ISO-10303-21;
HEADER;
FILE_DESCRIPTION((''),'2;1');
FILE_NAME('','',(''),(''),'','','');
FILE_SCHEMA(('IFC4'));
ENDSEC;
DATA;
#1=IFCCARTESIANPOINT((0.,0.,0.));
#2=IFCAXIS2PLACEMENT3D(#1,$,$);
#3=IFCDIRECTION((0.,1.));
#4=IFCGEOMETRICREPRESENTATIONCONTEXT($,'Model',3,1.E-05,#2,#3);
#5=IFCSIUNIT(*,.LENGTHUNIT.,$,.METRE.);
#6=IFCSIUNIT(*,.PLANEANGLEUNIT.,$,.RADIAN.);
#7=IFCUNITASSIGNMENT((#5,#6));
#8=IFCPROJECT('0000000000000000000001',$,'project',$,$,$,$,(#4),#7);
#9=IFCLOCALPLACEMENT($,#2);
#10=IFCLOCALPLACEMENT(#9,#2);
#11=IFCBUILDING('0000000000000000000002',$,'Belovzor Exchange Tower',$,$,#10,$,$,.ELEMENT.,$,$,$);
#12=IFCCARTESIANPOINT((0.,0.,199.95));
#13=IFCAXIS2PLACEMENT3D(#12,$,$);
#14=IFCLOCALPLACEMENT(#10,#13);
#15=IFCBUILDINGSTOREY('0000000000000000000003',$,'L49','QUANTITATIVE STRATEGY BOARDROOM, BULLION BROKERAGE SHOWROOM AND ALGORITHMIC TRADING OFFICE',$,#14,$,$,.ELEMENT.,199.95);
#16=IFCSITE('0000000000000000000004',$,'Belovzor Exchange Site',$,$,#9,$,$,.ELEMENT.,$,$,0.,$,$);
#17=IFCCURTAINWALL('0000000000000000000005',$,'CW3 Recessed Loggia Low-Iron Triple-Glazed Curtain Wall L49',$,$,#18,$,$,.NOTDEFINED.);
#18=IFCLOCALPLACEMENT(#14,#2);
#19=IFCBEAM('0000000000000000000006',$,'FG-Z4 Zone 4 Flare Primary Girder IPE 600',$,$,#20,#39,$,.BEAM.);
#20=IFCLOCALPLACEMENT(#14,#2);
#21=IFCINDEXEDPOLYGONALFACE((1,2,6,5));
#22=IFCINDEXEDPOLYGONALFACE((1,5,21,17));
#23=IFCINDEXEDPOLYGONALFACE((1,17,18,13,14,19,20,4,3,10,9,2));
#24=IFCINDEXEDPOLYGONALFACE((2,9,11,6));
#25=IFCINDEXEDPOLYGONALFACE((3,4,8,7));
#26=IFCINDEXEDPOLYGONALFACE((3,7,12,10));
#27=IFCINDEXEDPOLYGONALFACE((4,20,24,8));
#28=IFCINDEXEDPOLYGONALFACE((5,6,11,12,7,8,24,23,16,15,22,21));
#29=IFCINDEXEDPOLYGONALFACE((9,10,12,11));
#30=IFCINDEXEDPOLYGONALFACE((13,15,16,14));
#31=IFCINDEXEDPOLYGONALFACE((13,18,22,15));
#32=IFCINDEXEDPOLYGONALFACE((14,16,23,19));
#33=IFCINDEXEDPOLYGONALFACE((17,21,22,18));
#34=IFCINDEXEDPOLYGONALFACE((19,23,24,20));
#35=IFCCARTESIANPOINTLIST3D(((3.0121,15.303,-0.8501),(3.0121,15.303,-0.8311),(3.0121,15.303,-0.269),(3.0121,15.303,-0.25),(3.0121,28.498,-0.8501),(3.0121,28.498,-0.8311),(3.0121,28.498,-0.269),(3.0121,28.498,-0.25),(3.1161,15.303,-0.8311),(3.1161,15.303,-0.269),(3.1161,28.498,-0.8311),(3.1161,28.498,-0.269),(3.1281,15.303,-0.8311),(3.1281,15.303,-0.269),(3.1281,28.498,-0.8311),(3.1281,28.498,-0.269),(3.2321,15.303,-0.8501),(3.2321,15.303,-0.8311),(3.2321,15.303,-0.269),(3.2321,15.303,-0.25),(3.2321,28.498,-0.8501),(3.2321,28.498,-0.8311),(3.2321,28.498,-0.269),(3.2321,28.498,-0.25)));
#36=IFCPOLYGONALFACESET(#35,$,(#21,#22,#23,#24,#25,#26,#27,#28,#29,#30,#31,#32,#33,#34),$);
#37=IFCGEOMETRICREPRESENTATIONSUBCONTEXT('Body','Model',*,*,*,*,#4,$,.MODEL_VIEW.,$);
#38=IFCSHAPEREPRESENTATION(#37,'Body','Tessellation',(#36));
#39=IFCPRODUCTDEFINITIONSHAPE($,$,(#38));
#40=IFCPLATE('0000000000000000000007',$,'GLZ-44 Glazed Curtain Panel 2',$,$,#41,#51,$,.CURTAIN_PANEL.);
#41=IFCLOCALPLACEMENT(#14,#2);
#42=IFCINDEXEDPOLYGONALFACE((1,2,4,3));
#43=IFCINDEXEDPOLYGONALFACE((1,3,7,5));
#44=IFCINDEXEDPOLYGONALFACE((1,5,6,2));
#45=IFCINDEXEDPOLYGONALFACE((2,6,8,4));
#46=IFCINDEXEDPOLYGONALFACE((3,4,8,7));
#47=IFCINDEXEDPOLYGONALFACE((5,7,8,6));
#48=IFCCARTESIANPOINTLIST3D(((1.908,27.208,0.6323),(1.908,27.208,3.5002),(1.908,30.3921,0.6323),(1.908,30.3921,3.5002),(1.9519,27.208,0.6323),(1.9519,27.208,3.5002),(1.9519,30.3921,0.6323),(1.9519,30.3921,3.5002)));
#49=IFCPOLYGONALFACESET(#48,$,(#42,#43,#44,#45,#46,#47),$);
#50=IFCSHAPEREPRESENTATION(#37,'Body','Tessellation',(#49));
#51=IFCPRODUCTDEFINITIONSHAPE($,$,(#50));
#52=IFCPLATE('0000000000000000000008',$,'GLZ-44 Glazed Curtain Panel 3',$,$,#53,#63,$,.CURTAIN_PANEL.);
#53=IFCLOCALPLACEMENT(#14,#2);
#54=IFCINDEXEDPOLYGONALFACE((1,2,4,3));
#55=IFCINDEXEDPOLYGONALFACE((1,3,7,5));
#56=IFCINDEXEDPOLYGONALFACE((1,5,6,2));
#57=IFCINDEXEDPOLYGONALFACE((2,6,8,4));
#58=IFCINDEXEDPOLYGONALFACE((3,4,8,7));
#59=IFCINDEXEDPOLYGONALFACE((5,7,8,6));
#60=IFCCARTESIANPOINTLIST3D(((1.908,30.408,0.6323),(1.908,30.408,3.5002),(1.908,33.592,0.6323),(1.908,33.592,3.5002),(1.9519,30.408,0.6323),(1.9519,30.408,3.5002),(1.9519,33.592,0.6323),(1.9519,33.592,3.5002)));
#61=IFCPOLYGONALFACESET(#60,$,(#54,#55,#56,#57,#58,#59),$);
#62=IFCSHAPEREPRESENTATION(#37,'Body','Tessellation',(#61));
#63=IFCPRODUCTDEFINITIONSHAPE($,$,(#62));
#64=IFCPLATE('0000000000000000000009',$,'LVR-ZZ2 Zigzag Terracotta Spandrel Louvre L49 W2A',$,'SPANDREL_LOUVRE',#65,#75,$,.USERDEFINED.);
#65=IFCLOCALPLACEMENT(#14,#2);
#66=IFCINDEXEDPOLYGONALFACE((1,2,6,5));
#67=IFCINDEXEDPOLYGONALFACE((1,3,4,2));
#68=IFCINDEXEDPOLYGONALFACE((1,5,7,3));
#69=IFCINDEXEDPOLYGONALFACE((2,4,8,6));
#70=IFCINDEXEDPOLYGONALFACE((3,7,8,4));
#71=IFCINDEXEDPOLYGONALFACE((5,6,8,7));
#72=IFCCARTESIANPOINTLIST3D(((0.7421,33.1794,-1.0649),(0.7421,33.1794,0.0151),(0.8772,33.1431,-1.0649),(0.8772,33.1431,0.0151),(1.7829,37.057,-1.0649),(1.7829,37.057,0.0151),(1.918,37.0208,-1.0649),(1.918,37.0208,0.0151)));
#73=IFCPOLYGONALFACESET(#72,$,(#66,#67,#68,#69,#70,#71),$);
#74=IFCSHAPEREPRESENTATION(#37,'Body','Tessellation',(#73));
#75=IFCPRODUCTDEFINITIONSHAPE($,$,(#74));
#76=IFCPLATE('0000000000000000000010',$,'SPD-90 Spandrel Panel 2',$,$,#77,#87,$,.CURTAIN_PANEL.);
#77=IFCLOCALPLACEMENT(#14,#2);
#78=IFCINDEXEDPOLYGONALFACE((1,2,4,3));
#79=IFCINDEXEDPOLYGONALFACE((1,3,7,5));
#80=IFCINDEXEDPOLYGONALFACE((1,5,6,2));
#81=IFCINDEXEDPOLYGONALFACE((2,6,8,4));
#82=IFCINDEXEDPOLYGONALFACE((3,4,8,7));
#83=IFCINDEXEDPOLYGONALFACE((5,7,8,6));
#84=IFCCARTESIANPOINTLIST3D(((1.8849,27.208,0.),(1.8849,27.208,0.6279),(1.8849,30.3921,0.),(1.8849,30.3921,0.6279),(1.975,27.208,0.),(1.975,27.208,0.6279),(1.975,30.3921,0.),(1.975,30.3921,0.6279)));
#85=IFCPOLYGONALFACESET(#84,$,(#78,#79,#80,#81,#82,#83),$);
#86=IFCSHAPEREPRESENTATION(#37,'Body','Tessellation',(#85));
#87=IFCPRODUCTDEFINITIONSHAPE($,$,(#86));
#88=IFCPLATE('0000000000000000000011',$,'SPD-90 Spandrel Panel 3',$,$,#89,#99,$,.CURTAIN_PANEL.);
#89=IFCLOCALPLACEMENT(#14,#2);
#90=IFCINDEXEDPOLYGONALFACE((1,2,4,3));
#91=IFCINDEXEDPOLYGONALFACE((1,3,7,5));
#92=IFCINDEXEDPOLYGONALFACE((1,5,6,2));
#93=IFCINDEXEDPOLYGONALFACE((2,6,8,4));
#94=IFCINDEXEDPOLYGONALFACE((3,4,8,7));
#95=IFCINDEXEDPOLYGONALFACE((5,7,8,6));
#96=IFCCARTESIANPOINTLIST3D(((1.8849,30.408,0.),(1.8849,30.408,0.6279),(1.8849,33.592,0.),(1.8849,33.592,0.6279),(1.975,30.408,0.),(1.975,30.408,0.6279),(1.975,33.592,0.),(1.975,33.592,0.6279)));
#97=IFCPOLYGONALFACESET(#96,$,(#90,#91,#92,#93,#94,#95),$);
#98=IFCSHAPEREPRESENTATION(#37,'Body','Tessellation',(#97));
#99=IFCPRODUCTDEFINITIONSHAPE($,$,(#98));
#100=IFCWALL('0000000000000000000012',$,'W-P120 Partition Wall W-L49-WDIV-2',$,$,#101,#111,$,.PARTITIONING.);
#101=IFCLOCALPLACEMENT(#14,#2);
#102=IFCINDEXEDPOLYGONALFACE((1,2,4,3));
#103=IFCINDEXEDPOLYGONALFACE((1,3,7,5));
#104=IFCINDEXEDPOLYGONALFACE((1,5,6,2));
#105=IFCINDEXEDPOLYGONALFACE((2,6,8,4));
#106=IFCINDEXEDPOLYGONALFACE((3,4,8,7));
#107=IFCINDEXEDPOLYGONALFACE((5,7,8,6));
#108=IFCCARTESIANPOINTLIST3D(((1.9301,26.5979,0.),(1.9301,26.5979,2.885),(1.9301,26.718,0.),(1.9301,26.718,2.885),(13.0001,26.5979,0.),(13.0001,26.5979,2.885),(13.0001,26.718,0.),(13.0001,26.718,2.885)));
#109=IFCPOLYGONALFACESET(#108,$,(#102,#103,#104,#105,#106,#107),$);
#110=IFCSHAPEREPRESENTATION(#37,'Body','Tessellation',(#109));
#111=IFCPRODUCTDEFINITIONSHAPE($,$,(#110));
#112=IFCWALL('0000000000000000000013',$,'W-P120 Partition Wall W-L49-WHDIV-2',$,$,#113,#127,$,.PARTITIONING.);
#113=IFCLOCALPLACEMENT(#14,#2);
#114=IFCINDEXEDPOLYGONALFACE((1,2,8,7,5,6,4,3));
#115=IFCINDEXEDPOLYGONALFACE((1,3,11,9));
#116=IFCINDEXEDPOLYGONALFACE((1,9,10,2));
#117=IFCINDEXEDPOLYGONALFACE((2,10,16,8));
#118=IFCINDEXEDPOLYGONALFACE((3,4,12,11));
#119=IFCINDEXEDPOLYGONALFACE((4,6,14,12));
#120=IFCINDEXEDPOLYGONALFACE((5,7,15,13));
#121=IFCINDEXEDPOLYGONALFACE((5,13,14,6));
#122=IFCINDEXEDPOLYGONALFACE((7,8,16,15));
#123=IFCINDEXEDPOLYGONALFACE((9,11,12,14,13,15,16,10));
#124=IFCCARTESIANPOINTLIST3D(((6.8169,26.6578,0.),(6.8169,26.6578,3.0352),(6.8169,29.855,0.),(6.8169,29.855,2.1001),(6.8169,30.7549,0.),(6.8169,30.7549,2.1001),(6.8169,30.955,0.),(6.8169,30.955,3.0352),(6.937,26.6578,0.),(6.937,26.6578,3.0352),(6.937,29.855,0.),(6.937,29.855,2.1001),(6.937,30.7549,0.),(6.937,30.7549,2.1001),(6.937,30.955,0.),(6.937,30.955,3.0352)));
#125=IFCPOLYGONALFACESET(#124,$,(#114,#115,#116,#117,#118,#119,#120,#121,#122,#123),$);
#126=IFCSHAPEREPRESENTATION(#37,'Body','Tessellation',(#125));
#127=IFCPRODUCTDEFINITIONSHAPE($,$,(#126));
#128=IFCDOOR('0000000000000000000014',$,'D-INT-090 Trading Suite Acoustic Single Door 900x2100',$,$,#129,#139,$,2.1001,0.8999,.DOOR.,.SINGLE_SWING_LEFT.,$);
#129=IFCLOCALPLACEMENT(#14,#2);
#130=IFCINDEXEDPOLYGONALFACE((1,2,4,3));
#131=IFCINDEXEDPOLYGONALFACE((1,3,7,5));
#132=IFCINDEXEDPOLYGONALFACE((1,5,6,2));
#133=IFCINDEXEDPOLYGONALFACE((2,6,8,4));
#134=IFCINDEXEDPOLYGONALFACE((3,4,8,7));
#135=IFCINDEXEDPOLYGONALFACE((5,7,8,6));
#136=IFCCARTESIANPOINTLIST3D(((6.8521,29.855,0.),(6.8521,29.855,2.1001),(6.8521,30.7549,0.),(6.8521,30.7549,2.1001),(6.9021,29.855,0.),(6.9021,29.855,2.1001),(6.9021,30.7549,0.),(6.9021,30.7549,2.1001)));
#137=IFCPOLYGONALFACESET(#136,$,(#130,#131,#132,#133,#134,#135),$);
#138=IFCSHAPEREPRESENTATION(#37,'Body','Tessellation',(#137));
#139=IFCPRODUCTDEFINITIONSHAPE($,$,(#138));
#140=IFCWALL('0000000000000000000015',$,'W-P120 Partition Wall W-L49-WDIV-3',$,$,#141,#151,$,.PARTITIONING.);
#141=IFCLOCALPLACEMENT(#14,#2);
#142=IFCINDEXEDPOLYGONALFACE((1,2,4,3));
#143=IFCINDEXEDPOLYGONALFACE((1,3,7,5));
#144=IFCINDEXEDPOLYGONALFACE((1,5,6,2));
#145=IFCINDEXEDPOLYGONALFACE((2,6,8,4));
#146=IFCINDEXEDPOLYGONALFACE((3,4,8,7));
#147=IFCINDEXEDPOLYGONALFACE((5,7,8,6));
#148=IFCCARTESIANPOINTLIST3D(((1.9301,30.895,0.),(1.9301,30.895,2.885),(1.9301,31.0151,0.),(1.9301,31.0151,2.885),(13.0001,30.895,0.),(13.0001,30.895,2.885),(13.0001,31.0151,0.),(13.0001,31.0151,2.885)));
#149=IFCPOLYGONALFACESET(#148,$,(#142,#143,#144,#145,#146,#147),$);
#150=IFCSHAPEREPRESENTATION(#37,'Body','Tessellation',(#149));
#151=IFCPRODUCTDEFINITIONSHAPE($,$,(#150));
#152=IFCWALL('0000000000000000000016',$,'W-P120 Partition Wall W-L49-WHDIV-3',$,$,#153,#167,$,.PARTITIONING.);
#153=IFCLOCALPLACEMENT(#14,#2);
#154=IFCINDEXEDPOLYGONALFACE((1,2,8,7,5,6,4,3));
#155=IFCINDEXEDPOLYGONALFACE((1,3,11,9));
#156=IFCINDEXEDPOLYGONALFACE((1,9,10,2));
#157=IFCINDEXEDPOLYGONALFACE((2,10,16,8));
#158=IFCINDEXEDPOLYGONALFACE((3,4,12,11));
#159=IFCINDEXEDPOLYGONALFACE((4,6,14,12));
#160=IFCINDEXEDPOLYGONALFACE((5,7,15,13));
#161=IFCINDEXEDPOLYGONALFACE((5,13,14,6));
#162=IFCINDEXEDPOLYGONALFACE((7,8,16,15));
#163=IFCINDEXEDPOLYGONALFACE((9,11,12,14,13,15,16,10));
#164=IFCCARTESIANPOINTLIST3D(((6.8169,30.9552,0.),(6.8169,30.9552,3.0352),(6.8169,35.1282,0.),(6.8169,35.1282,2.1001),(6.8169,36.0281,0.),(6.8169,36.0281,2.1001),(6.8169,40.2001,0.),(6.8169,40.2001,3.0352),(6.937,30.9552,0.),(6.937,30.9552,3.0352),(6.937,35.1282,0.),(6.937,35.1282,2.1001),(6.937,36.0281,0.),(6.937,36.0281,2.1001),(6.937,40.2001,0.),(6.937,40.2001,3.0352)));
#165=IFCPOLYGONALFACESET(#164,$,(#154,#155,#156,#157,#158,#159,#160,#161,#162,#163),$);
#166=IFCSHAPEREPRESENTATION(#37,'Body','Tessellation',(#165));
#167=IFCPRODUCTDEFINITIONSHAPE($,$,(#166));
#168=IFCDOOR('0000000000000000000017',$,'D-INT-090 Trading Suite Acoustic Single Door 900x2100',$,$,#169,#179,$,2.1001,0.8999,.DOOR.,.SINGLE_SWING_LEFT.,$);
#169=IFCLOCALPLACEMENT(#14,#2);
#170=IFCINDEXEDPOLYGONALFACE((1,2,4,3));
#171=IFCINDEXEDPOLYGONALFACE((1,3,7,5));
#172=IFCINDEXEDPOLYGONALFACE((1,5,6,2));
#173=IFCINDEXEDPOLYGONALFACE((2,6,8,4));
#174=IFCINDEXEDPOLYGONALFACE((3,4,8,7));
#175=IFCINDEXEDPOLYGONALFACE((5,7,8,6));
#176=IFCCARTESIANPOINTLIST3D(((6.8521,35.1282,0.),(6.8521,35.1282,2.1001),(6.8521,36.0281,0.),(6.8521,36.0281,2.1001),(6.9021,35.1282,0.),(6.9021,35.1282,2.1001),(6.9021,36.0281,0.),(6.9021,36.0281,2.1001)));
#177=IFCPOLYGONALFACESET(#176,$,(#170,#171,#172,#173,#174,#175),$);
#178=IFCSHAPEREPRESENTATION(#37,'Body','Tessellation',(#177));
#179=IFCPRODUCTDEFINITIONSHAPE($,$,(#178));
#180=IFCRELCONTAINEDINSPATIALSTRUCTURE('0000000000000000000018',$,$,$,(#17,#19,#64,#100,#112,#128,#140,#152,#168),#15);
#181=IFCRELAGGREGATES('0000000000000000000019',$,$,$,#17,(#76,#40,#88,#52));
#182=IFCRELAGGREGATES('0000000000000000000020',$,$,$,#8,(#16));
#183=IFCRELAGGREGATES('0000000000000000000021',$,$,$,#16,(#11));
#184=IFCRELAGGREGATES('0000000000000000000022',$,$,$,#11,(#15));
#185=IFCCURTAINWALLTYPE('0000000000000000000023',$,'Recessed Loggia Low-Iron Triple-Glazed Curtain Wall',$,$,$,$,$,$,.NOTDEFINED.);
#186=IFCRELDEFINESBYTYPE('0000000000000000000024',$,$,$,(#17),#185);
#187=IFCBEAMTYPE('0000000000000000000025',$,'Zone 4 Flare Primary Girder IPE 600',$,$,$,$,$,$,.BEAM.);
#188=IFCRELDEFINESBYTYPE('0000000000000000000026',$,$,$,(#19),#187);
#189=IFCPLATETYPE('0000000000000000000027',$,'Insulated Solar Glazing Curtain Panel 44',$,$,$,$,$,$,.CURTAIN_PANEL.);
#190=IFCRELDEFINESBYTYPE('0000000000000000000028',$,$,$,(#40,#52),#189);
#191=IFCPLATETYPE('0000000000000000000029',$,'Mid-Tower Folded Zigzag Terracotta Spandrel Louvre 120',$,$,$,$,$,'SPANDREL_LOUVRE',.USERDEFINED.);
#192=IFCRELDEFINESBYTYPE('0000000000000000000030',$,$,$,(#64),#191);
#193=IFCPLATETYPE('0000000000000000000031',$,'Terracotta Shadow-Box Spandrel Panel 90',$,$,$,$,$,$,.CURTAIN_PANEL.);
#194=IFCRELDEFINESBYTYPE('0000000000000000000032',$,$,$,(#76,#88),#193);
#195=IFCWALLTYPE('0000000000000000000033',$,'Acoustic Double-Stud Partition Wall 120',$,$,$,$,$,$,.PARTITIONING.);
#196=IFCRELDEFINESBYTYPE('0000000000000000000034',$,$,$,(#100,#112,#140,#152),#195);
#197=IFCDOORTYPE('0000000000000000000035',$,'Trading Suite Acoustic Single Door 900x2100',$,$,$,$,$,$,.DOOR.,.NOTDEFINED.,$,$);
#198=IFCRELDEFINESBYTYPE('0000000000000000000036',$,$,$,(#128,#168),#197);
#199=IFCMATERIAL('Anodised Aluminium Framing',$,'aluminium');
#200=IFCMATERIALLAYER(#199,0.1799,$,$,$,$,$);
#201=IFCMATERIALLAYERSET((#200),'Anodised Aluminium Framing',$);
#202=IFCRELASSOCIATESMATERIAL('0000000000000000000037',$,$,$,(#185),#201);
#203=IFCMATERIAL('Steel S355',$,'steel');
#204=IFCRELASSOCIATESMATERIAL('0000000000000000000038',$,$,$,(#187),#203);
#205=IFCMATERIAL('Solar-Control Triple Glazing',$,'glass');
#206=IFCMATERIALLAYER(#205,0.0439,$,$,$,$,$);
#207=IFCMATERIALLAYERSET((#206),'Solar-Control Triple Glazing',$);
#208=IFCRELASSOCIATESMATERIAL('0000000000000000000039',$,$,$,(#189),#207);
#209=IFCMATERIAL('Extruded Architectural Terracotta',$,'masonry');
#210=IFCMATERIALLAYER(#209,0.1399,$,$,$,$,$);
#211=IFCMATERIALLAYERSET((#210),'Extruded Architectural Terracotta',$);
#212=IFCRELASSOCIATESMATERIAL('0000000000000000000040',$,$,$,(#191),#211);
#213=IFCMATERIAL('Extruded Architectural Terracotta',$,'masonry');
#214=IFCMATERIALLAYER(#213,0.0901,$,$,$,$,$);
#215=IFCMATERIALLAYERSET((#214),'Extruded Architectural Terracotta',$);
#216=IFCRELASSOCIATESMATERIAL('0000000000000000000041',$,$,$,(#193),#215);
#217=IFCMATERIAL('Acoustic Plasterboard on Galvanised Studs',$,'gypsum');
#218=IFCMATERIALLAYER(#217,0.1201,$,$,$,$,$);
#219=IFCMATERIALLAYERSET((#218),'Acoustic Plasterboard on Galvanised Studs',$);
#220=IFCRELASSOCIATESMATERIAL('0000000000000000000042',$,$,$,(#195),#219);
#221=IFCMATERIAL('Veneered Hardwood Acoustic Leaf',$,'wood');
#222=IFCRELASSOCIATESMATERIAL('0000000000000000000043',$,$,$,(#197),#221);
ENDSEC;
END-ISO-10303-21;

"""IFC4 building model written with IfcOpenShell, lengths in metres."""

from ifc_helpers import new_model, si_unit, direction, frame, frame_2d, origin, origin_2d, place, context, subcontext, project, spatial, rectangle, i_section, extrude, material, layer, layer_set, material_profile, profile_set, type_object, element, fill, aggregate, save


model = new_model("IFC4")

# Units and contexts
model_context = context("Model", 3, precision=1e-05, world=origin(), true_north=direction((0.0, 1.0)))
body_context = subcontext(model_context, "Body", "Model", "MODEL_VIEW")
ifc_project = project(units=[si_unit("LENGTHUNIT", "METRE"), si_unit("PLANEANGLEUNIT", "RADIAN")], contexts=[model_context])

# Site, building, storey
site_placement = place(None, origin())
site = spatial("IfcSite", under=ifc_project, at=site_placement, Name="Belovzor Exchange Site", CompositionType="ELEMENT", RefElevation=0.0)
building_placement = place(site_placement, origin())
building = spatial("IfcBuilding", under=site, at=building_placement, Name="Belovzor Exchange Tower", CompositionType="ELEMENT")
storey_placement = place(building_placement, frame((0.0, 0.0, 199.95)))
storey = spatial("IfcBuildingStorey", under=building, at=storey_placement, Name="L49", Description="QUANTITATIVE STRATEGY BOARDROOM, BULLION BROKERAGE SHOWROOM AND ALGORITHMIC TRADING OFFICE", CompositionType="ELEMENT", Elevation=199.95)

# Curtain wall
ifc_material_1 = material(Name="Anodised Aluminium Framing", Category="aluminium")
ifc_layer_1 = layer(ifc_material_1, 0.1799)
ifc_layer_set_1 = layer_set([ifc_layer_1], Name="Anodised Aluminium Framing")
curtain_wall_type = type_object("IfcCurtainWallType", Name="Recessed Loggia Low-Iron Triple-Glazed Curtain Wall", PredefinedType="NOTDEFINED", material=ifc_layer_set_1)
curtain_wall_placement = place(storey_placement, origin())
curtain_wall = element("IfcCurtainWall", 1, at=curtain_wall_placement, inside=storey, type_object=curtain_wall_type, Name="CW3 Recessed Loggia Low-Iron Triple-Glazed Curtain Wall L49", PredefinedType="NOTDEFINED")

# Beam
ifc_material_2 = material(Name="Steel S355", Category="steel")
ifc_material_profile_1 = material_profile(ifc_material_2, i_section(OverallWidth=0.22, OverallDepth=0.6001, WebThickness=0.012, FlangeThickness=0.019, at=origin_2d()))
ifc_profile_set_1 = profile_set([ifc_material_profile_1], Name="Steel S355")
beam_type_1 = type_object("IfcBeamType", Name="Zone 4 Flare Primary Girder IPE 600", PredefinedType="BEAM", material=ifc_profile_set_1)
beam_1_placement = place(storey_placement, frame((3.1221, 28.498, -0.55), z_axis=(0.0, -1.0, 0.0), x_axis=(1.0, 0.0, 0.0)))
element("IfcBeam", 2, at=beam_1_placement, inside=storey, type_object=beam_type_1, Name="FG-Z4 Zone 4 Flare Primary Girder IPE 600", PredefinedType="BEAM", context=body_context, shape_type="SweptSolid", body=[
    extrude(i_section(OverallWidth=0.22, OverallDepth=0.6001, WebThickness=0.012, FlangeThickness=0.019, at=origin_2d()), origin(), (0.0, 0.0, 1.0), 13.1951),
])

# Plates
ifc_material_3 = material(Name="Solar-Control Triple Glazing", Category="glass")
ifc_layer_2 = layer(ifc_material_3, 0.0439)
ifc_layer_set_2 = layer_set([ifc_layer_2], Name="Solar-Control Triple Glazing")
plate_type_1 = type_object("IfcPlateType", Name="Insulated Solar Glazing Curtain Panel 44", PredefinedType="CURTAIN_PANEL", material=ifc_layer_set_2)
plate_1_placement = place(storey_placement, frame((1.9299, 28.8, 0.6323), z_axis=(0.0, 0.0, 1.0), x_axis=(0.0, 1.0, 0.0)))
plate_1 = element("IfcPlate", 3, at=plate_1_placement, type_object=plate_type_1, Name="GLZ-44 Glazed Curtain Panel 2", PredefinedType="CURTAIN_PANEL", context=body_context, shape_type="SweptSolid", body=[
    extrude(rectangle(XDim=3.1841, YDim=0.0439, at=origin_2d()), origin(), (0.0, 0.0, 1.0), 2.8679),
])
plate_2_placement = place(storey_placement, frame((1.9299, 32.0, 0.6323), z_axis=(0.0, 0.0, 1.0), x_axis=(0.0, 1.0, 0.0)))
plate_2 = element("IfcPlate", 4, at=plate_2_placement, type_object=plate_type_1, Name="GLZ-44 Glazed Curtain Panel 3", PredefinedType="CURTAIN_PANEL", context=body_context, shape_type="SweptSolid", body=[
    extrude(rectangle(XDim=3.1841, YDim=0.0439, at=origin_2d()), origin(), (0.0, 0.0, 1.0), 2.8679),
])
ifc_material_4 = material(Name="Extruded Architectural Terracotta", Category="masonry")
ifc_layer_3 = layer(ifc_material_4, 0.1399)
ifc_layer_set_3 = layer_set([ifc_layer_3], Name="Extruded Architectural Terracotta")
plate_type_2 = type_object("IfcPlateType", Name="Mid-Tower Folded Zigzag Terracotta Spandrel Louvre 120", ElementType="SPANDREL_LOUVRE", PredefinedType="USERDEFINED", material=ifc_layer_set_3)
plate_3_placement = place(storey_placement, frame((1.3301, 35.1001, -1.0649), z_axis=(0.0, 0.0, 1.0), x_axis=(0.25924, 0.965813, 0.0)))
element("IfcPlate", 5, at=plate_3_placement, inside=storey, type_object=plate_type_2, Name="LVR-ZZ2 Zigzag Terracotta Spandrel Louvre L49 W2A", ObjectType="SPANDREL_LOUVRE", PredefinedType="USERDEFINED", context=body_context, shape_type="SweptSolid", body=[
    extrude(rectangle(XDim=4.0149, YDim=0.1399, at=origin_2d()), origin(), (0.0, 0.0, 1.0), 1.0801),
])
ifc_material_5 = material(Name="Extruded Architectural Terracotta", Category="masonry")
ifc_layer_4 = layer(ifc_material_5, 0.0901)
ifc_layer_set_4 = layer_set([ifc_layer_4], Name="Extruded Architectural Terracotta")
plate_type_3 = type_object("IfcPlateType", Name="Terracotta Shadow-Box Spandrel Panel 90", PredefinedType="CURTAIN_PANEL", material=ifc_layer_set_4)
plate_4_placement = place(storey_placement, frame((1.9299, 28.8, 0.0), z_axis=(0.0, 0.0, 1.0), x_axis=(0.0, 1.0, 0.0)))
plate_4 = element("IfcPlate", 6, at=plate_4_placement, type_object=plate_type_3, Name="SPD-90 Spandrel Panel 2", PredefinedType="CURTAIN_PANEL", context=body_context, shape_type="SweptSolid", body=[
    extrude(rectangle(XDim=3.1841, YDim=0.0901, at=origin_2d()), origin(), (0.0, 0.0, 1.0), 0.6279),
])
plate_5_placement = place(storey_placement, frame((1.9299, 32.0, 0.0), z_axis=(0.0, 0.0, 1.0), x_axis=(0.0, 1.0, 0.0)))
plate_5 = element("IfcPlate", 7, at=plate_5_placement, type_object=plate_type_3, Name="SPD-90 Spandrel Panel 3", PredefinedType="CURTAIN_PANEL", context=body_context, shape_type="SweptSolid", body=[
    extrude(rectangle(XDim=3.1841, YDim=0.0901, at=origin_2d()), origin(), (0.0, 0.0, 1.0), 0.6279),
])
aggregate(curtain_wall, [plate_4, plate_1, plate_5, plate_2])

# Wall
ifc_material_6 = material(Name="Acoustic Plasterboard on Galvanised Studs", Category="gypsum")
ifc_layer_5 = layer(ifc_material_6, 0.1201)
ifc_layer_set_5 = layer_set([ifc_layer_5], Name="Acoustic Plasterboard on Galvanised Studs")
wall_type_1 = type_object("IfcWallType", Name="Acoustic Double-Stud Partition Wall 120", PredefinedType="PARTITIONING", material=ifc_layer_set_5)
wall_1_placement = place(storey_placement, frame((1.9299, 26.658, 0.0), z_axis=(0.0, 0.0, 1.0), x_axis=(1.0, 0.0, 0.0)))
element("IfcWall", 8, at=wall_1_placement, inside=storey, type_object=wall_type_1, Name="W-P120 Partition Wall W-L49-WDIV-2", PredefinedType="PARTITIONING", context=body_context, shape_type="SweptSolid", body=[
    extrude(rectangle(XDim=11.0701, YDim=0.1201, at=frame_2d((5.5352, 0.0))), origin(), (0.0, 0.0, 1.0), 2.885),
])

# Wall, opening, door
wall_2_placement = place(storey_placement, frame((6.877, 26.658, 0.0), z_axis=(0.0, 0.0, 1.0), x_axis=(0.0, 1.0, 0.0)))
wall_2 = element("IfcWall", 9, at=wall_2_placement, inside=storey, type_object=wall_type_1, Name="W-P120 Partition Wall W-L49-WHDIV-2", PredefinedType="PARTITIONING", context=body_context, shape_type="SweptSolid", body=[
    extrude(rectangle(XDim=4.2971, YDim=0.1201, at=frame_2d((2.1484, 0.0))), origin(), (0.0, 0.0, 1.0), 3.0352),
])
opening_1_placement = place(wall_2_placement, frame((3.197, 0.0, 0.0)))
opening_1 = element("IfcOpeningElement", 10, at=opening_1_placement, cuts=wall_2, PredefinedType="OPENING", context=body_context, shape_type="SweptSolid", body=[
    extrude(rectangle(XDim=0.8999, YDim=2.1001, at=frame_2d((0.45, 1.05))), frame((0.0, 0.0701, 0.0), z_axis=(0.0, -1.0, 0.0), x_axis=(1.0, 0.0, 0.0)), (0.0, 0.0, 1.0), 0.1401),
])
ifc_material_7 = material(Name="Veneered Hardwood Acoustic Leaf", Category="wood")
door_type = type_object("IfcDoorType", Name="Trading Suite Acoustic Single Door 900x2100", OperationType="NOTDEFINED", PredefinedType="DOOR", material=ifc_material_7)
door_1_placement = place(opening_1_placement, origin())
door_1 = element("IfcDoor", 11, at=door_1_placement, inside=storey, type_object=door_type, Name="D-INT-090 Trading Suite Acoustic Single Door 900x2100", OperationType="SINGLE_SWING_LEFT", OverallHeight=2.1001, OverallWidth=0.8999, PredefinedType="DOOR", context=body_context, shape_type="SweptSolid", body=[
    extrude(rectangle(XDim=0.8999, YDim=2.1001, at=frame_2d((0.45, 1.05))), frame((0.0, 0.0249, 0.0), z_axis=(0.0, -1.0, 0.0), x_axis=(1.0, 0.0, 0.0)), (0.0, 0.0, 1.0), 0.05),
])
fill(opening_1, door_1)

# Wall
wall_3_placement = place(storey_placement, frame((1.9299, 30.9551, 0.0), z_axis=(0.0, 0.0, 1.0), x_axis=(1.0, 0.0, 0.0)))
element("IfcWall", 12, at=wall_3_placement, inside=storey, type_object=wall_type_1, Name="W-P120 Partition Wall W-L49-WDIV-3", PredefinedType="PARTITIONING", context=body_context, shape_type="SweptSolid", body=[
    extrude(rectangle(XDim=11.0701, YDim=0.1201, at=frame_2d((5.5352, 0.0))), origin(), (0.0, 0.0, 1.0), 2.885),
])

# Wall, opening, door
wall_4_placement = place(storey_placement, frame((6.877, 30.9551, 0.0), z_axis=(0.0, 0.0, 1.0), x_axis=(0.0, 1.0, 0.0)))
wall_4 = element("IfcWall", 13, at=wall_4_placement, inside=storey, type_object=wall_type_1, Name="W-P120 Partition Wall W-L49-WHDIV-3", PredefinedType="PARTITIONING", context=body_context, shape_type="SweptSolid", body=[
    extrude(rectangle(XDim=9.2449, YDim=0.1201, at=frame_2d((4.6226, 0.0))), origin(), (0.0, 0.0, 1.0), 3.0352),
])
opening_2_placement = place(wall_4_placement, frame((4.1731, 0.0, 0.0)))
opening_2 = element("IfcOpeningElement", 14, at=opening_2_placement, cuts=wall_4, PredefinedType="OPENING", context=body_context, shape_type="SweptSolid", body=[
    extrude(rectangle(XDim=0.8999, YDim=2.1001, at=frame_2d((0.45, 1.05))), frame((0.0, 0.0701, 0.0), z_axis=(0.0, -1.0, 0.0), x_axis=(1.0, 0.0, 0.0)), (0.0, 0.0, 1.0), 0.1401),
])
door_2_placement = place(opening_2_placement, origin())
door_2 = element("IfcDoor", 15, at=door_2_placement, inside=storey, type_object=door_type, Name="D-INT-090 Trading Suite Acoustic Single Door 900x2100", OperationType="SINGLE_SWING_LEFT", OverallHeight=2.1001, OverallWidth=0.8999, PredefinedType="DOOR", context=body_context, shape_type="SweptSolid", body=[
    extrude(rectangle(XDim=0.8999, YDim=2.1001, at=frame_2d((0.45, 1.05))), frame((0.0, 0.0249, 0.0), z_axis=(0.0, -1.0, 0.0), x_axis=(1.0, 0.0, 0.0)), (0.0, 0.0, 1.0), 0.05),
])
fill(opening_2, door_2)

save(model, "model.ifc")
